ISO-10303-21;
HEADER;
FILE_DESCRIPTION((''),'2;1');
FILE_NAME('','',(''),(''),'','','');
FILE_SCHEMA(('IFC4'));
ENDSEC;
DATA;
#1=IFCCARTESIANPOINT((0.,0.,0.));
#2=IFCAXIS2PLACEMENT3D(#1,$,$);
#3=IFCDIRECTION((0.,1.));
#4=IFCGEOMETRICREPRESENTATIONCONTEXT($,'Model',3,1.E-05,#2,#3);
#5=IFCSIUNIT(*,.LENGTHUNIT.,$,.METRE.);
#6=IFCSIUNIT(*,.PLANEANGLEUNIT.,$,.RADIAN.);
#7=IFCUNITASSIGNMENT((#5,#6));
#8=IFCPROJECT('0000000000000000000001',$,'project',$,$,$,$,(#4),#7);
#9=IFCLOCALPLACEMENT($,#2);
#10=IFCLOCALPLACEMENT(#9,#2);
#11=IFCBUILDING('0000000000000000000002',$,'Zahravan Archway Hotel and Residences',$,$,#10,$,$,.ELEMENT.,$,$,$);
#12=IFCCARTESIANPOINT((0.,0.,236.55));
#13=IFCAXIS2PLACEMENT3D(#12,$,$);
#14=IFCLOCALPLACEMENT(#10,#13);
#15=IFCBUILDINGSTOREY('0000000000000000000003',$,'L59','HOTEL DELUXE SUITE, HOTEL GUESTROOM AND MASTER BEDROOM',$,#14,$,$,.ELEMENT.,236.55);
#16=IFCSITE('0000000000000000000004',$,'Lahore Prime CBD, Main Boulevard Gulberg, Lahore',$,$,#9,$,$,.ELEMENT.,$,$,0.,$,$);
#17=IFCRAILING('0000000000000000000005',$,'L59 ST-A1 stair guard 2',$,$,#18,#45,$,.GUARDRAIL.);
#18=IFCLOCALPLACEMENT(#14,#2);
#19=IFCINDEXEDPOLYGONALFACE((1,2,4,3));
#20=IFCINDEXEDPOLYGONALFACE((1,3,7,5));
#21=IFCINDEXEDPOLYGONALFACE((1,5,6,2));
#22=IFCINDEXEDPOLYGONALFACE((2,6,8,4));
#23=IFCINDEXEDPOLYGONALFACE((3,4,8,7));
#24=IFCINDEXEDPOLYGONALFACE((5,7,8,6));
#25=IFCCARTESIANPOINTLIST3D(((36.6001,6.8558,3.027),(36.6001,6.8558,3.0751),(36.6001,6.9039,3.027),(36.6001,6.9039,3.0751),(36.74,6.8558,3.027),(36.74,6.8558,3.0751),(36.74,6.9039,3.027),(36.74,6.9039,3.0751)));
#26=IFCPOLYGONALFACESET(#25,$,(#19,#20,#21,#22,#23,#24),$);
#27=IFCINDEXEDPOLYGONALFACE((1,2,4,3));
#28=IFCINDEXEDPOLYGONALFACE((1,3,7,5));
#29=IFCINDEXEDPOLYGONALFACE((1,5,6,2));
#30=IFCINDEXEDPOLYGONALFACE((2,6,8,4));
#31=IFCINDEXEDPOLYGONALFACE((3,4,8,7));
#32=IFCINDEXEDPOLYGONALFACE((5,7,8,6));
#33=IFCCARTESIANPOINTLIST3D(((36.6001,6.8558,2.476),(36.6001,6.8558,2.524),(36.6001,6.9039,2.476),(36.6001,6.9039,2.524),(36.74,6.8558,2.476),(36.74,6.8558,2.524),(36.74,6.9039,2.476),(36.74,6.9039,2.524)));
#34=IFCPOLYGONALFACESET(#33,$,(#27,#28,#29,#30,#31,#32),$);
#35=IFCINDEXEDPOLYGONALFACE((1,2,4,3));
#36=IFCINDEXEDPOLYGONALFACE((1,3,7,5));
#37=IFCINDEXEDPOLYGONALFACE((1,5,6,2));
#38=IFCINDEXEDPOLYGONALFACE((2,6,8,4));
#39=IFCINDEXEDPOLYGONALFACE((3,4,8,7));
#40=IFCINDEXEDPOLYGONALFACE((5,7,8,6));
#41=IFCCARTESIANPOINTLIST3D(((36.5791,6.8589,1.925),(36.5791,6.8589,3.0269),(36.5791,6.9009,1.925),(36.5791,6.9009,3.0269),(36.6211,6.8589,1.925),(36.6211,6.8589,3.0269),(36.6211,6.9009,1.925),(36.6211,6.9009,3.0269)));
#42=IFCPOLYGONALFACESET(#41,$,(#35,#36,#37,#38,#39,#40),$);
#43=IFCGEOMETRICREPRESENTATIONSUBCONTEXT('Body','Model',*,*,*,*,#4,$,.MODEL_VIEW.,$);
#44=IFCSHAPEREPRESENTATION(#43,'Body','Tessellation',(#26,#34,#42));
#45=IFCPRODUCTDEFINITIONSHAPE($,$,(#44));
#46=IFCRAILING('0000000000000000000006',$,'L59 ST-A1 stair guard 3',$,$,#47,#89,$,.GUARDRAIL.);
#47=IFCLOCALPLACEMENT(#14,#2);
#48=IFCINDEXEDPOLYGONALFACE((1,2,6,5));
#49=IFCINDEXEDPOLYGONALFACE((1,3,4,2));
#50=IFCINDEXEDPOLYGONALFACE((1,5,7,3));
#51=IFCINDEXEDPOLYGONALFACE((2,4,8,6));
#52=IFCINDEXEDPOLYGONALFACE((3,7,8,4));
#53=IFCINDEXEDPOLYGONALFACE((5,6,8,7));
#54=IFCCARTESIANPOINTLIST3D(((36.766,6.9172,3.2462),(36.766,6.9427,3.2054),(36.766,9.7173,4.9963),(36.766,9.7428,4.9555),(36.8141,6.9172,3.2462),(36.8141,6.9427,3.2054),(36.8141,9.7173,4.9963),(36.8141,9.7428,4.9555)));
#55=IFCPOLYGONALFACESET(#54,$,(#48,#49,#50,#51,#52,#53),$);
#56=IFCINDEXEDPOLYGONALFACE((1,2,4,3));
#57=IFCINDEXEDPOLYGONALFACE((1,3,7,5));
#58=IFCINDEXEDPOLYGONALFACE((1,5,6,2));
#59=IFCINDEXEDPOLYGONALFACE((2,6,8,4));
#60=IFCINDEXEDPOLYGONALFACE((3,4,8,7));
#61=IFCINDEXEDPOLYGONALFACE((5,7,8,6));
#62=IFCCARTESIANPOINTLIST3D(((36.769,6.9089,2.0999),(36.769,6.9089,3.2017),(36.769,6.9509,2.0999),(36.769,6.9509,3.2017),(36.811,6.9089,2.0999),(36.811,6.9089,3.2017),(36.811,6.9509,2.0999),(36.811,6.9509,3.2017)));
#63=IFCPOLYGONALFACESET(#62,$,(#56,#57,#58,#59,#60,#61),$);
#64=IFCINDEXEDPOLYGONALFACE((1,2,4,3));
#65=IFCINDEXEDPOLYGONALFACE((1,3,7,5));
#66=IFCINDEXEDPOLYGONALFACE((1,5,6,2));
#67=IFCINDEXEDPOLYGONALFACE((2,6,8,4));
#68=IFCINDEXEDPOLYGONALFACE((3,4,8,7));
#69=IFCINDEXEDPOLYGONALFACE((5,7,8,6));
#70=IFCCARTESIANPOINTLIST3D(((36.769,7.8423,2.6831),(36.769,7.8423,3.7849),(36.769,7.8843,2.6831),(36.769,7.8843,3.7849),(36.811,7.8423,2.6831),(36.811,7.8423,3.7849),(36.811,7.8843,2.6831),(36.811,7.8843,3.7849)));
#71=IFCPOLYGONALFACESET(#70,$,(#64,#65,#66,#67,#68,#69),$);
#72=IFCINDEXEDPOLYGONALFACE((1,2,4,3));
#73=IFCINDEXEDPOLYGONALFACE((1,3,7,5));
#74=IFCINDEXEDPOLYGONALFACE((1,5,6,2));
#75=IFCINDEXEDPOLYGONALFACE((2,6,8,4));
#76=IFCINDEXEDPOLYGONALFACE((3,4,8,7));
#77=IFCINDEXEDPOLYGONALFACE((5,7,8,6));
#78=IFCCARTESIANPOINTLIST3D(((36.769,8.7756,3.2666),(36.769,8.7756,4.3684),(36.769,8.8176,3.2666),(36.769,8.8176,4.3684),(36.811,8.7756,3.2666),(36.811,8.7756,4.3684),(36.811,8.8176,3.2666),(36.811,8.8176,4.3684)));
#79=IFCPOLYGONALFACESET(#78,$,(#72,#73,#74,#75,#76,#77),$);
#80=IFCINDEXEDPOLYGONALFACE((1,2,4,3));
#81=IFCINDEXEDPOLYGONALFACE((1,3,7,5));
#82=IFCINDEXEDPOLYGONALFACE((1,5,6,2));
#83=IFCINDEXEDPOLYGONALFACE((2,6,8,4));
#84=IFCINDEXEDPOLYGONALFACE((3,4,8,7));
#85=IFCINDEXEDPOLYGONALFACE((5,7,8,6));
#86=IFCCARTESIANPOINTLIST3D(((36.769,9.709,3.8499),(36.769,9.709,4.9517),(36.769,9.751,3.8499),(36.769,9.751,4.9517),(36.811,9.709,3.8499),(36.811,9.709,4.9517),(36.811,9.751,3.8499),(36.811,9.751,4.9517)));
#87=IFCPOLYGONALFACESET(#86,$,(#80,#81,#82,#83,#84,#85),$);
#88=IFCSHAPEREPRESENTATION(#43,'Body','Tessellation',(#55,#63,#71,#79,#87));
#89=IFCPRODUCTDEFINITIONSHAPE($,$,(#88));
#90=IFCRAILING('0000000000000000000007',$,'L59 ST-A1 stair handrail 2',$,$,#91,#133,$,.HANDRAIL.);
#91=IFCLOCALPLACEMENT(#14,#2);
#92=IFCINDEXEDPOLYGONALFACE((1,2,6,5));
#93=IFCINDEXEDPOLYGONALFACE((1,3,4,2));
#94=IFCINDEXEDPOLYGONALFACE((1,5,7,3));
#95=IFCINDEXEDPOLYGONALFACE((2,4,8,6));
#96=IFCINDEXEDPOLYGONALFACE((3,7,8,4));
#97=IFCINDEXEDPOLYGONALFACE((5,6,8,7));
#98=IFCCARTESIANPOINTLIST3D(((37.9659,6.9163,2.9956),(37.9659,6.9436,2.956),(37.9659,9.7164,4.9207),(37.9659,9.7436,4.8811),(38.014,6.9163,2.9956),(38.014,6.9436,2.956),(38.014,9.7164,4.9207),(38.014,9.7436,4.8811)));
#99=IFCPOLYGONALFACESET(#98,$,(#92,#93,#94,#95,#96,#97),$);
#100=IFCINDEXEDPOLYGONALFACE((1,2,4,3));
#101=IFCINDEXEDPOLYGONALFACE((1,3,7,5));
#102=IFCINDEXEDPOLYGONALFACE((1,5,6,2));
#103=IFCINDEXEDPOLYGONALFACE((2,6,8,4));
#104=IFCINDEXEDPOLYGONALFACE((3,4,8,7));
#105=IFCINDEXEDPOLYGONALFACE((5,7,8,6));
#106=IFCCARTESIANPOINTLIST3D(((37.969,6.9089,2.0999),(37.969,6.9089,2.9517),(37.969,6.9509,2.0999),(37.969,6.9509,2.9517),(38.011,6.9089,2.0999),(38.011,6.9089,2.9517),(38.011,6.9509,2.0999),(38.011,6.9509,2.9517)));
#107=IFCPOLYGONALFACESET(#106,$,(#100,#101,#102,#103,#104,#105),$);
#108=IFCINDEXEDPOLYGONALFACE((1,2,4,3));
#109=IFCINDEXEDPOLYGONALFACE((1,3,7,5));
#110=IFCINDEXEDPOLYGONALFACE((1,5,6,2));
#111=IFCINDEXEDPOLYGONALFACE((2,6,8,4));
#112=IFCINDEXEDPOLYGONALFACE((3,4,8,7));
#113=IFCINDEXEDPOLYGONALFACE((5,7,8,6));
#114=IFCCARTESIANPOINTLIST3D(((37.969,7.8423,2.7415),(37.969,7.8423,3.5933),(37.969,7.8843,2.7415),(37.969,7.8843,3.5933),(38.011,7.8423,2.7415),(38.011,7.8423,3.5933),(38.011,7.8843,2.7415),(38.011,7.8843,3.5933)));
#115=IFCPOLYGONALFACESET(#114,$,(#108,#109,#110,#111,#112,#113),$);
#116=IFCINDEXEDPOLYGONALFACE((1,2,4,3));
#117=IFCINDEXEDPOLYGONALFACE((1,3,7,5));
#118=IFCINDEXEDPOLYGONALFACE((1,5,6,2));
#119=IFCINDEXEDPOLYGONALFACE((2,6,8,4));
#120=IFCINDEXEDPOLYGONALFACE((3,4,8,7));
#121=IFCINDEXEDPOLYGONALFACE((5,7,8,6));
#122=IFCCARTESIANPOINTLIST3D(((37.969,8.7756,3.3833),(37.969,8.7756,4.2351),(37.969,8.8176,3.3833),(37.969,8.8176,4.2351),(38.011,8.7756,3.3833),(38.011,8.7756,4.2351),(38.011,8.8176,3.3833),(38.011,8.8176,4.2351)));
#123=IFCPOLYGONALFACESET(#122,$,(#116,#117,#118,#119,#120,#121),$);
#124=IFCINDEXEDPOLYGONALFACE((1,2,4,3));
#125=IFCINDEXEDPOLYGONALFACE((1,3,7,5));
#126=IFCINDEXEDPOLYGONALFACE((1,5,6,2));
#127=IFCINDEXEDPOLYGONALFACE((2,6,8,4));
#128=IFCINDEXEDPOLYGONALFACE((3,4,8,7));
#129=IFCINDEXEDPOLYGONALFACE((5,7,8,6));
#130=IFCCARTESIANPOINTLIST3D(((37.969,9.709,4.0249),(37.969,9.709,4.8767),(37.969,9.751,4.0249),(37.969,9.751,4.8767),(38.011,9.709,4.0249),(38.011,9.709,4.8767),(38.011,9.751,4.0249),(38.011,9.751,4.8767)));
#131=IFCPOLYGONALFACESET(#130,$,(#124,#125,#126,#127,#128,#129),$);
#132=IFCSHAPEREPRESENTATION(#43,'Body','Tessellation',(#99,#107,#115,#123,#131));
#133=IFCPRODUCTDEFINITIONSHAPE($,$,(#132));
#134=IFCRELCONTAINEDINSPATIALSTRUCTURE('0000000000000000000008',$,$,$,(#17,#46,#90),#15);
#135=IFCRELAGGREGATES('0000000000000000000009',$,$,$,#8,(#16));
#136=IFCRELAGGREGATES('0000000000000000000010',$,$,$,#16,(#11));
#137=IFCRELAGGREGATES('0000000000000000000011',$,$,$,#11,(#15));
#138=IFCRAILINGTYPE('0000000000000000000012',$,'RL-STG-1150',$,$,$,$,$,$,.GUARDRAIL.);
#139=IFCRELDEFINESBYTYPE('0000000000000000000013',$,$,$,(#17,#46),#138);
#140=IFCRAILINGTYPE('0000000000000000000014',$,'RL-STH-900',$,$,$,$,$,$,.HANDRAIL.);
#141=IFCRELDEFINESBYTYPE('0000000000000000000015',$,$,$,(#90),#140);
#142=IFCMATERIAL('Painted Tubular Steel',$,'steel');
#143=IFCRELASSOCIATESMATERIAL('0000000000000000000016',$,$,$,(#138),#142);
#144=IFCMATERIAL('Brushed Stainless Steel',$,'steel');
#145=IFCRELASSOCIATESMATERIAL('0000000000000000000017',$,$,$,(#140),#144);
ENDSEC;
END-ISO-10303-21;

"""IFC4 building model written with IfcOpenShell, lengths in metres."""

from ifc_helpers import new_model, si_unit, direction, frame, origin, origin_2d, place, context, subcontext, project, spatial, rectangle, extrude, material, type_object, element, save


model = new_model("IFC4")

# Units and contexts
model_context = context("Model", 3, precision=1e-05, world=origin(), true_north=direction((0.0, 1.0)))
body_context = subcontext(model_context, "Body", "Model", "MODEL_VIEW")
ifc_project = project(units=[si_unit("LENGTHUNIT", "METRE"), si_unit("PLANEANGLEUNIT", "RADIAN")], contexts=[model_context])

# Site, building, storey
site_placement = place(None, origin())
site = spatial("IfcSite", under=ifc_project, at=site_placement, Name="Lahore Prime CBD, Main Boulevard Gulberg, Lahore", CompositionType="ELEMENT", RefElevation=0.0)
building_placement = place(site_placement, origin())
building = spatial("IfcBuilding", under=site, at=building_placement, Name="Zahravan Archway Hotel and Residences", CompositionType="ELEMENT")
storey_placement = place(building_placement, frame((0.0, 0.0, 236.55)))
storey = spatial("IfcBuildingStorey", under=building, at=storey_placement, Name="L59", Description="HOTEL DELUXE SUITE, HOTEL GUESTROOM AND MASTER BEDROOM", CompositionType="ELEMENT", Elevation=236.55)

# Railings
ifc_material_1 = material(Name="Painted Tubular Steel", Category="steel")
railing_type_1 = type_object("IfcRailingType", Name="RL-STG-1150", PredefinedType="GUARDRAIL", material=ifc_material_1)
railing_1_placement = place(storey_placement, frame((36.6001, 6.8799, 1.925)))
element("IfcRailing", 1, at=railing_1_placement, inside=storey, type_object=railing_type_1, Name="L59 ST-A1 stair guard 2", PredefinedType="GUARDRAIL", context=body_context, shape_type="SweptSolid", body=[
    extrude(rectangle(XDim=0.0481, YDim=0.0481, at=origin_2d()), frame((0.0, 0.0, 1.126), z_axis=(1.0, 0.0, 0.0), x_axis=(0.0, 1.0, 0.0)), (0.0, 0.0, 1.0), 0.1399),
    extrude(rectangle(XDim=0.0481, YDim=0.0481, at=origin_2d()), frame((0.0, 0.0, 0.575), z_axis=(1.0, 0.0, 0.0), x_axis=(0.0, 1.0, 0.0)), (0.0, 0.0, 1.0), 0.1399),
    extrude(rectangle(XDim=0.042, YDim=0.042, at=origin_2d()), origin(), (0.0, 0.0, 1.0), 1.1018),
])
railing_2_placement = place(storey_placement, frame((36.79, 6.9299, 2.0999)))
element("IfcRailing", 2, at=railing_2_placement, inside=storey, type_object=railing_type_1, Name="L59 ST-A1 stair guard 3", PredefinedType="GUARDRAIL", context=body_context, shape_type="SweptSolid", body=[
    extrude(rectangle(XDim=0.0481, YDim=0.0481, at=origin_2d()), frame((0.0, 0.0, 1.126), z_axis=(0.0, 0.848002, 0.529992), x_axis=(-1.0, 0.0, 0.0)), (0.0, 0.0, 1.0), 3.302),
    extrude(rectangle(XDim=0.042, YDim=0.042, at=origin_2d()), origin(), (0.0, 0.0, 1.0), 1.1018),
    extrude(rectangle(XDim=0.042, YDim=0.042, at=origin_2d()), frame((0.0, 0.9333, 0.5833)), (0.0, 0.0, 1.0), 1.1018),
    extrude(rectangle(XDim=0.042, YDim=0.042, at=origin_2d()), frame((0.0, 1.8667, 1.1667)), (0.0, 0.0, 1.0), 1.1018),
    extrude(rectangle(XDim=0.042, YDim=0.042, at=origin_2d()), frame((0.0, 2.8, 1.75)), (0.0, 0.0, 1.0), 1.1018),
])
ifc_material_2 = material(Name="Brushed Stainless Steel", Category="steel")
railing_type_2 = type_object("IfcRailingType", Name="RL-STH-900", PredefinedType="HANDRAIL", material=ifc_material_2)
railing_3_placement = place(storey_placement, frame((37.99, 6.9299, 2.0999)))
element("IfcRailing", 3, at=railing_3_placement, inside=storey, type_object=railing_type_2, Name="L59 ST-A1 stair handrail 2", PredefinedType="HANDRAIL", context=body_context, shape_type="SweptSolid", body=[
    extrude(rectangle(XDim=0.0481, YDim=0.0481, at=origin_2d()), frame((0.0, 0.0, 0.876), z_axis=(0.0, 0.82404, 0.566532), x_axis=(-1.0, 0.0, 0.0)), (0.0, 0.0, 1.0), 3.3979),
    extrude(rectangle(XDim=0.042, YDim=0.042, at=origin_2d()), origin(), (0.0, 0.0, 1.0), 0.8518),
    extrude(rectangle(XDim=0.042, YDim=0.042, at=origin_2d()), frame((0.0, 0.9333, 0.6416)), (0.0, 0.0, 1.0), 0.8518),
    extrude(rectangle(XDim=0.042, YDim=0.042, at=origin_2d()), frame((0.0, 1.8667, 1.2834)), (0.0, 0.0, 1.0), 0.8518),
    extrude(rectangle(XDim=0.042, YDim=0.042, at=origin_2d()), frame((0.0, 2.8, 1.925)), (0.0, 0.0, 1.0), 0.8518),
])

save(model, "model.ifc")
